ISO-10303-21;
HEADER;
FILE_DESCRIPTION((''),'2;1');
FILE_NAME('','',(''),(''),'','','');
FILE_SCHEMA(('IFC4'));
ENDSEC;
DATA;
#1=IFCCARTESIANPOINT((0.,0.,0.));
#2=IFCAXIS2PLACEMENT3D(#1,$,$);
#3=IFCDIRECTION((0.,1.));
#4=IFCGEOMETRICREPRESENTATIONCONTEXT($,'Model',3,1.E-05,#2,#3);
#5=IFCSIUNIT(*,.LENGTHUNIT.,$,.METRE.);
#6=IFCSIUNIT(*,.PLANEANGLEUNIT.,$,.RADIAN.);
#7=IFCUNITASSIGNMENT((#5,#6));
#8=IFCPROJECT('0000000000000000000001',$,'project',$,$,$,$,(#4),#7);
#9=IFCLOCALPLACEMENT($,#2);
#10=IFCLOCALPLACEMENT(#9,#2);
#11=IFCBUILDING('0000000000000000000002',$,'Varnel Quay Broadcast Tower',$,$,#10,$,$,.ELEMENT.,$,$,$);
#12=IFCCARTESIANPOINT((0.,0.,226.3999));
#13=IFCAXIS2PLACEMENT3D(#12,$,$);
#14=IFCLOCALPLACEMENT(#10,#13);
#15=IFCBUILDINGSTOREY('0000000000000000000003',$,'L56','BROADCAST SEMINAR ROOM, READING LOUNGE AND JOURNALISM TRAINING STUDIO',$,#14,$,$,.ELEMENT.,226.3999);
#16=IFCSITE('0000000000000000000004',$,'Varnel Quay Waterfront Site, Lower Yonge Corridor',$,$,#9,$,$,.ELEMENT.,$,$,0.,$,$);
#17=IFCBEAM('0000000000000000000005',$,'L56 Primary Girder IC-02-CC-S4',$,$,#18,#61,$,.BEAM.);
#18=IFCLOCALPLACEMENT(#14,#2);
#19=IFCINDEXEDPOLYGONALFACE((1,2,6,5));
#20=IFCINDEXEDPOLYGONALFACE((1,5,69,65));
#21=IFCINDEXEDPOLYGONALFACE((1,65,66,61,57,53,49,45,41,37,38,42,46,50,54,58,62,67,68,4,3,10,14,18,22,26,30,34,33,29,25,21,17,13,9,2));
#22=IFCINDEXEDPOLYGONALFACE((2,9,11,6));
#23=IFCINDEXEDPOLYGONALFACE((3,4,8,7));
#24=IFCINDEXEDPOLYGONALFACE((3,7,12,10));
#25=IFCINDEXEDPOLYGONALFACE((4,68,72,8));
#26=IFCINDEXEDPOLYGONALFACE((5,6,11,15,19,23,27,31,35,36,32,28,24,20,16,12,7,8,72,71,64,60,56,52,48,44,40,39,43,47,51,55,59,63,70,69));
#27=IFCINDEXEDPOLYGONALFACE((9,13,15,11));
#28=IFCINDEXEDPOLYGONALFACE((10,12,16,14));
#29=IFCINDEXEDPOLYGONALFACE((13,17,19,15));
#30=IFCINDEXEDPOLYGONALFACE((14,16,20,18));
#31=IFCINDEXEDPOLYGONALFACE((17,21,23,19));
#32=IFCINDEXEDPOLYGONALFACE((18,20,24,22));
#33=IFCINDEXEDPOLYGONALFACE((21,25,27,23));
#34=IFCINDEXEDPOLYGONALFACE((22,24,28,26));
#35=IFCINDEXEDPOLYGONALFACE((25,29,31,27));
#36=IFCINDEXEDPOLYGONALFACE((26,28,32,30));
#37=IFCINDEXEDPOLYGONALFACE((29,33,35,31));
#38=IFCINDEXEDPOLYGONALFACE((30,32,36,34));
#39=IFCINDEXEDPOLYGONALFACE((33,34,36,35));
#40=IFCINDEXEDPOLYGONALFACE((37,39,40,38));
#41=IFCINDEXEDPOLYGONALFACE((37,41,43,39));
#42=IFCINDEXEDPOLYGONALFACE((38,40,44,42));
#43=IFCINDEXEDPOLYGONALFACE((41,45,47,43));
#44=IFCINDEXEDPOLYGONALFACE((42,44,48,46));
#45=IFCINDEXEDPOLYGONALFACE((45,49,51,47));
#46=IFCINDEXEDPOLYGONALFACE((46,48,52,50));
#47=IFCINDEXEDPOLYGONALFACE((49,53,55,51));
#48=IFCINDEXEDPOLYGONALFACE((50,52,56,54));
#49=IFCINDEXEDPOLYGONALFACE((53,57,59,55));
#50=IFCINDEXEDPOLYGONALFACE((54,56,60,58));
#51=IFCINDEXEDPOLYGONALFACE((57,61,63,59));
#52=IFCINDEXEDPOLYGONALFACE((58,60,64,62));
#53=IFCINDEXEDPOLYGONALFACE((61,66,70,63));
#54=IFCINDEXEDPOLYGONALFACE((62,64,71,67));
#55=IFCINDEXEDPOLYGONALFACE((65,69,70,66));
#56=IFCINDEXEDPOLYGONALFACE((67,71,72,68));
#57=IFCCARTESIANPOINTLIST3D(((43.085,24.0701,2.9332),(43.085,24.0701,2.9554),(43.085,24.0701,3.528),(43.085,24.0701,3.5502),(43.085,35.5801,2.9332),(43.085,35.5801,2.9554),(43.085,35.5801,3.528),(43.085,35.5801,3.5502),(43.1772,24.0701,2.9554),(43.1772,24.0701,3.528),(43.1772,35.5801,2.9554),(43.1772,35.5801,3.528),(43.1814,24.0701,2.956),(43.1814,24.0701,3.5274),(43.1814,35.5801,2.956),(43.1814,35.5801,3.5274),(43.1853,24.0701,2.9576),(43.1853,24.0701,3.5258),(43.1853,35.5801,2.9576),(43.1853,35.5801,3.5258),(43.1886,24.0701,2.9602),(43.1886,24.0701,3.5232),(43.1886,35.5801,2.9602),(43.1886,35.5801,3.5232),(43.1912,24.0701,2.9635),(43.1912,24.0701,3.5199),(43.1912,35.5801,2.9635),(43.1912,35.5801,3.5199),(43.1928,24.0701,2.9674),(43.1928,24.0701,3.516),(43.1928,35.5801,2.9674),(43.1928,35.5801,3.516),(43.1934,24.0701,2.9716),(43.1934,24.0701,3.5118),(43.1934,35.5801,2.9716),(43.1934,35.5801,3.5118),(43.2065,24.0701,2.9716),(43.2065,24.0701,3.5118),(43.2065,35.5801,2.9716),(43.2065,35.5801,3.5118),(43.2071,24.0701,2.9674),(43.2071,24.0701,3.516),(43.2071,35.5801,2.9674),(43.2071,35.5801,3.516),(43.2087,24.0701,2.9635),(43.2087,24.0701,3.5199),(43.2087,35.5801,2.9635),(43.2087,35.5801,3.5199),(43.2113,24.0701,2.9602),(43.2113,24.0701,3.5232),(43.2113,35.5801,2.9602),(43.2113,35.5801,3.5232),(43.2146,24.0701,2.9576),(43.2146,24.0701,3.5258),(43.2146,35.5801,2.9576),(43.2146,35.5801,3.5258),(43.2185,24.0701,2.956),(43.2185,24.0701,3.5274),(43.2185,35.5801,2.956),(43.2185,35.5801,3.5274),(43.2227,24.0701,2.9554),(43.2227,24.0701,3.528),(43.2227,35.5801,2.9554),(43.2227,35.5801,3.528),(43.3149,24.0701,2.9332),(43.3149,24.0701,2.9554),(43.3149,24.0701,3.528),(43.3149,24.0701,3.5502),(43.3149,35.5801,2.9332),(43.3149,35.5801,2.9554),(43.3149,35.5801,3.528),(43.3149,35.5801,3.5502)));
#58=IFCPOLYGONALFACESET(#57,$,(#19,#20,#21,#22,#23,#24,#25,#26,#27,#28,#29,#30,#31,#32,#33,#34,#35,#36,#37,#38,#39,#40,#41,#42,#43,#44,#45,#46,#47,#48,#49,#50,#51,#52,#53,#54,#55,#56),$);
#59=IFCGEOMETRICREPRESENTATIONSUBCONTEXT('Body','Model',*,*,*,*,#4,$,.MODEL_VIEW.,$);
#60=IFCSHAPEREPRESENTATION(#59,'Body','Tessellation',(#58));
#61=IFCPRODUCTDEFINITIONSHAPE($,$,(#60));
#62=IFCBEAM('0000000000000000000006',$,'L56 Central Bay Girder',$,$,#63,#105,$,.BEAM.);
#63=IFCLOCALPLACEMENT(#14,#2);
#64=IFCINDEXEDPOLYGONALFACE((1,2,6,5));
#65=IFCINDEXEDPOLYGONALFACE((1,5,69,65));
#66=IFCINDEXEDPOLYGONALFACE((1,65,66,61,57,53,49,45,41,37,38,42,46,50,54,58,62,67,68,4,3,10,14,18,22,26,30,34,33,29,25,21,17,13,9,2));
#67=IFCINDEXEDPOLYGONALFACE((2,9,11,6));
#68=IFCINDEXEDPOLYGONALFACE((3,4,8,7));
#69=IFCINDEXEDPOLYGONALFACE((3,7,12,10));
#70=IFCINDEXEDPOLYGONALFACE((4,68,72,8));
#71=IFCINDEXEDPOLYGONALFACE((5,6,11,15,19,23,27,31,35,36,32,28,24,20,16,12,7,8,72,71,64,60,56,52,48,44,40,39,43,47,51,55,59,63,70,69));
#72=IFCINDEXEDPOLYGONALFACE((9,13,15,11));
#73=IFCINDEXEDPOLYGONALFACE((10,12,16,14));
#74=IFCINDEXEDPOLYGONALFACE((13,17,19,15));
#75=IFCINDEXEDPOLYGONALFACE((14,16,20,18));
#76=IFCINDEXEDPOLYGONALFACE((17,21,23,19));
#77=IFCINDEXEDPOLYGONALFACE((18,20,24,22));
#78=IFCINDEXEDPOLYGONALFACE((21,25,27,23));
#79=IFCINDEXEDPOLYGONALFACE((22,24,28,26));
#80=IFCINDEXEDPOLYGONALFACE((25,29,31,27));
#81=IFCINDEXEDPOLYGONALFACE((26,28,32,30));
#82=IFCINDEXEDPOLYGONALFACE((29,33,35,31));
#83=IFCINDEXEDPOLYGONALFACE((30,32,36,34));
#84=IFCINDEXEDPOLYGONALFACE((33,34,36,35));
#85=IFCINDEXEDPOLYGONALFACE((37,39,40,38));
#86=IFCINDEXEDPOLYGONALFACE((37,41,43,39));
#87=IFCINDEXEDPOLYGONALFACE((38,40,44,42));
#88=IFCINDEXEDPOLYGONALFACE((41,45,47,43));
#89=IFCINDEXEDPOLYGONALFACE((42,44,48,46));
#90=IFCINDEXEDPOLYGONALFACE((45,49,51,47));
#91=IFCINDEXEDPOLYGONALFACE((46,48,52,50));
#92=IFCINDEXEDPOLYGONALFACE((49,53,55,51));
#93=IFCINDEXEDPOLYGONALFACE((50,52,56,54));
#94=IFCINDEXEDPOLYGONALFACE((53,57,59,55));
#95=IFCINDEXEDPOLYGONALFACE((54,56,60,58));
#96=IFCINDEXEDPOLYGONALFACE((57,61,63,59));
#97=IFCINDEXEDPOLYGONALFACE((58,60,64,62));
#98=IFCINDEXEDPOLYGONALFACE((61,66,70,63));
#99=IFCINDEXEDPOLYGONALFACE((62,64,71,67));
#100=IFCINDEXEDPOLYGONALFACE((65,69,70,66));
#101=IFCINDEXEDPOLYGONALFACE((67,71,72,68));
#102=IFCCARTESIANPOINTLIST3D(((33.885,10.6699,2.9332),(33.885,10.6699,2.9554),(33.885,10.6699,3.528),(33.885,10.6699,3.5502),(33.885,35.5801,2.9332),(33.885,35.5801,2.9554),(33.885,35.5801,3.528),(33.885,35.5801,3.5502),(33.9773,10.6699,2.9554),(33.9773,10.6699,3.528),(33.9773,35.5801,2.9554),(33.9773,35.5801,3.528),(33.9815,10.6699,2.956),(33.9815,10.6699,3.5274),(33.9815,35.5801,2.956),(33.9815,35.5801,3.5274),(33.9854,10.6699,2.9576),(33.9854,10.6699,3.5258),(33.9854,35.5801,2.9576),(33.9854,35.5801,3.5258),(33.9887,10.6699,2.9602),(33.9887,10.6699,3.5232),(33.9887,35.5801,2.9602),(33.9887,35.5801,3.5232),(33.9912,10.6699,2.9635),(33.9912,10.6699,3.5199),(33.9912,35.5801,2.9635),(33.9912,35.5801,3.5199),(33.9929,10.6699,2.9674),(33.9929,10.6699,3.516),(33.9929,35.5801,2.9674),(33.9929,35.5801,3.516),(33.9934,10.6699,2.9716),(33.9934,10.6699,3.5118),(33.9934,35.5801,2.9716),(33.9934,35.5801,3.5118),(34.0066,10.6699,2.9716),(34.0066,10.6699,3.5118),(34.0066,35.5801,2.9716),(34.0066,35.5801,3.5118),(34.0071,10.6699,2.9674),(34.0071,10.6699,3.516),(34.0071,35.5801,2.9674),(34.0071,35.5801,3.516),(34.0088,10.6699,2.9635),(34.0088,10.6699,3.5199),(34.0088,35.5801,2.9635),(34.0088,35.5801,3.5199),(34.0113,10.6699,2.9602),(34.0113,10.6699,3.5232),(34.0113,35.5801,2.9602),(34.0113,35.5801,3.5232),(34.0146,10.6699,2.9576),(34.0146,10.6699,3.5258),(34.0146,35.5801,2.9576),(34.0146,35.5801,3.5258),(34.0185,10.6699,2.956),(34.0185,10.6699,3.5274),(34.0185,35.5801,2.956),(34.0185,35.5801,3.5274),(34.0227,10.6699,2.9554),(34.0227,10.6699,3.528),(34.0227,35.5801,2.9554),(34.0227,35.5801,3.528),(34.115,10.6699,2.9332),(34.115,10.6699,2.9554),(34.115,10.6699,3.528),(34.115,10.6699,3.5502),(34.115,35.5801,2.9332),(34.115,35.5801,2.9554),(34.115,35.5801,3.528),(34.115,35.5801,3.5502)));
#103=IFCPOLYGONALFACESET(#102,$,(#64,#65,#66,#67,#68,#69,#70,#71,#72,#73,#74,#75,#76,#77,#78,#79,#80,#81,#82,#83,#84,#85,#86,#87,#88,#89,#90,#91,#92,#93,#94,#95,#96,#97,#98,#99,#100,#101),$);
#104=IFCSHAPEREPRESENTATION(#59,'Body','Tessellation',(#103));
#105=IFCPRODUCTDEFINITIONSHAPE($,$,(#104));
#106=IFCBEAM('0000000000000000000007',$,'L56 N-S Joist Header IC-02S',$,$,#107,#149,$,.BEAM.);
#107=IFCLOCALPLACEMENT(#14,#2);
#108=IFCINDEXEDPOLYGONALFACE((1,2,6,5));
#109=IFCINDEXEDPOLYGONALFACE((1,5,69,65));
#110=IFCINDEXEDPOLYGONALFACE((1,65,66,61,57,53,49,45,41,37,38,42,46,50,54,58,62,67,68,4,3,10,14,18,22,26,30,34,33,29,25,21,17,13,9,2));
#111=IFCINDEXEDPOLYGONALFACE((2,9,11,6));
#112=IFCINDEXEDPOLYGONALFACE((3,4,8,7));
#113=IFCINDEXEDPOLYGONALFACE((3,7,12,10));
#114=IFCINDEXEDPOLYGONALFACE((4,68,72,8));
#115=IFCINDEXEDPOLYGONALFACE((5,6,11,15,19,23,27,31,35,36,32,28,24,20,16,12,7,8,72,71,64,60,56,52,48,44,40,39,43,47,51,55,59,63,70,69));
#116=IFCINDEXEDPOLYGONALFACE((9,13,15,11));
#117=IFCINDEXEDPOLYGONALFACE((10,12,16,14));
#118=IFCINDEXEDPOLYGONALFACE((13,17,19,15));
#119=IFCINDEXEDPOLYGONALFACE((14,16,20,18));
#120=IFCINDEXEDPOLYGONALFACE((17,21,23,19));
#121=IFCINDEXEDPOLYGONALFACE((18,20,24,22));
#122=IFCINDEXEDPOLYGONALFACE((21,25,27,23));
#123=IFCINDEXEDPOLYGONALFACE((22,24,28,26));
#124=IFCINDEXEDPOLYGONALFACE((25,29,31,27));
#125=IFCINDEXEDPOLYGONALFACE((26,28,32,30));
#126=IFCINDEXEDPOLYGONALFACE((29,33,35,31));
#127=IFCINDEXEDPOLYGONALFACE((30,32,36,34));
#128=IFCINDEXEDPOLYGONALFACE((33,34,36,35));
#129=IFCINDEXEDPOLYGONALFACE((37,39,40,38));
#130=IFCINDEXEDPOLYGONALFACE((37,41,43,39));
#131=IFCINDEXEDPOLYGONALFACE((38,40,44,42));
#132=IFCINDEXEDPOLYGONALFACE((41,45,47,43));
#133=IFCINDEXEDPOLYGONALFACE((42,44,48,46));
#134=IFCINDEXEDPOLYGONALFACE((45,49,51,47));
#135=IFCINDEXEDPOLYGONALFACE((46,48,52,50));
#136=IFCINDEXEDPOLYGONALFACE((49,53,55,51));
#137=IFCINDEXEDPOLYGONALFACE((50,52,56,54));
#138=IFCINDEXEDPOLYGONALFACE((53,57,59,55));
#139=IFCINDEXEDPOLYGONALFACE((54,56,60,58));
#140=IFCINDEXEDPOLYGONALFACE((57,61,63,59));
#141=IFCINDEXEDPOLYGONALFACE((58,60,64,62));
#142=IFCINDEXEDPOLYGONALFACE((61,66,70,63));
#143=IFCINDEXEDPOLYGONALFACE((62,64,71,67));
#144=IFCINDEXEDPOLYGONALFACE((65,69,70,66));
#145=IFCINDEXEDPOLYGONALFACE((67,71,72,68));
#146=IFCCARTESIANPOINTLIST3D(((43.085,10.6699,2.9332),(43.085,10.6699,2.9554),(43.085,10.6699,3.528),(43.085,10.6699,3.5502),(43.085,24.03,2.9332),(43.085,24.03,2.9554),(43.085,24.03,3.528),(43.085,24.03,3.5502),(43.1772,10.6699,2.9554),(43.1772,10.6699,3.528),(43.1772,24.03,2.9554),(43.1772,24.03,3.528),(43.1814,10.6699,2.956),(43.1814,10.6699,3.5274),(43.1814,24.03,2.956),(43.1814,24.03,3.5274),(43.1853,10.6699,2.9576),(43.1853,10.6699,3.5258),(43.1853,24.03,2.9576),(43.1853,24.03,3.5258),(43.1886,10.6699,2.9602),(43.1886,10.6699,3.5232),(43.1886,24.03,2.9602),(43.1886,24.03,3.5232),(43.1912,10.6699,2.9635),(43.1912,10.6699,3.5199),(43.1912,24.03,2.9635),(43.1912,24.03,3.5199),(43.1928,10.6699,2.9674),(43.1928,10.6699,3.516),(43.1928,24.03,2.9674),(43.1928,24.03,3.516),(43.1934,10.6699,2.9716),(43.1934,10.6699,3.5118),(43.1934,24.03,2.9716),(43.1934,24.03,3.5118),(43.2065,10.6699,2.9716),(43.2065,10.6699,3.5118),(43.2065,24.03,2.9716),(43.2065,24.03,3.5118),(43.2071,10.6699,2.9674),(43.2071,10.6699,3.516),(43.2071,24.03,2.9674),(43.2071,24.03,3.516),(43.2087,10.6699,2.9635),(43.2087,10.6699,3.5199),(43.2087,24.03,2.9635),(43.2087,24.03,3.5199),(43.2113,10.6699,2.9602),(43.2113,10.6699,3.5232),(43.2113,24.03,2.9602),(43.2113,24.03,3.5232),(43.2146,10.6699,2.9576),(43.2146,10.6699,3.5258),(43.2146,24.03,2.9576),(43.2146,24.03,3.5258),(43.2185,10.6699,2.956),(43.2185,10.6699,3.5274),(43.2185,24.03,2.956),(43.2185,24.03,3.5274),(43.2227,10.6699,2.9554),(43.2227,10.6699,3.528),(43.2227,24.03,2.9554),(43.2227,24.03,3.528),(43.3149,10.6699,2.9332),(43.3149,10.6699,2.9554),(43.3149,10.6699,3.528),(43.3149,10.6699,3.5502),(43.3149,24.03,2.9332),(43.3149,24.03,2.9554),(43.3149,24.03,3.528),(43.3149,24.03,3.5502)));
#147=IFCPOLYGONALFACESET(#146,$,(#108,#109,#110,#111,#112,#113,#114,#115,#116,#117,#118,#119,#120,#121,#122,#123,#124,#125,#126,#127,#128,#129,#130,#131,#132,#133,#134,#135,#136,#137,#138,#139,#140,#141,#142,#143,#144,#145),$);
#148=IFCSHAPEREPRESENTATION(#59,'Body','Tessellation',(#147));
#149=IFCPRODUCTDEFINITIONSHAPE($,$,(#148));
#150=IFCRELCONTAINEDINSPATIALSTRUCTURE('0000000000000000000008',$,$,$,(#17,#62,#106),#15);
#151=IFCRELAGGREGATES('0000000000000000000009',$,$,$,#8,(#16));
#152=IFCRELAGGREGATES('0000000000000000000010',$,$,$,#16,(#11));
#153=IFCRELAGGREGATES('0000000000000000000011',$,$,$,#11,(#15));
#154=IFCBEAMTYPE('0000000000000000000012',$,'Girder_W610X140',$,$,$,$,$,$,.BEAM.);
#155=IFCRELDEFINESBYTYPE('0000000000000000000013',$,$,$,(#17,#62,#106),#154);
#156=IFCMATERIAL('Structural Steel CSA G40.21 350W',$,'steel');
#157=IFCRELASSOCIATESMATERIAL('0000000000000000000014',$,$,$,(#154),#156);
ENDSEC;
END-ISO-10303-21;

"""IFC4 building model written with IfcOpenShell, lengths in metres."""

from ifc_helpers import new_model, si_unit, direction, frame, origin, origin_2d, place, context, subcontext, project, spatial, i_section, extrude, source, transform, mapped, material, material_profile, profile_set, type_object, element, save


model = new_model("IFC4")

# Units and contexts
model_context = context("Model", 3, precision=1e-05, world=origin(), true_north=direction((0.0, 1.0)))
body_context = subcontext(model_context, "Body", "Model", "MODEL_VIEW")
ifc_project = project(units=[si_unit("LENGTHUNIT", "METRE"), si_unit("PLANEANGLEUNIT", "RADIAN")], contexts=[model_context])

# Site, building, storey
site_placement = place(None, origin())
site = spatial("IfcSite", under=ifc_project, at=site_placement, Name="Varnel Quay Waterfront Site, Lower Yonge Corridor", CompositionType="ELEMENT", RefElevation=0.0)
building_placement = place(site_placement, origin())
building = spatial("IfcBuilding", under=site, at=building_placement, Name="Varnel Quay Broadcast Tower", CompositionType="ELEMENT")
storey_placement = place(building_placement, frame((0.0, 0.0, 226.3999)))
storey = spatial("IfcBuildingStorey", under=building, at=storey_placement, Name="L56", Description="BROADCAST SEMINAR ROOM, READING LOUNGE AND JOURNALISM TRAINING STUDIO", CompositionType="ELEMENT", Elevation=226.3999)

# Shared definitions
ifc_material_1 = material(Name="Structural Steel CSA G40.21 350W", Category="steel")

# Beams
ifc_material_profile_1 = material_profile(ifc_material_1, i_section(OverallWidth=0.23, OverallDepth=0.6169, WebThickness=0.0132, FlangeThickness=0.0222, FilletRadius=0.0161, at=origin_2d()), Name="W610X140")
ifc_profile_set_1 = profile_set([ifc_material_profile_1], Name="Structural Steel CSA G40.21 350W")
beam_type_1 = type_object("IfcBeamType", Name="Girder_W610X140", PredefinedType="BEAM", material=ifc_profile_set_1)
shared_shape_1 = source(origin(), body_context, "Body", "SweptSolid", [
    extrude(i_section(OverallWidth=0.23, OverallDepth=0.6169, WebThickness=0.0132, FlangeThickness=0.0222, FilletRadius=0.0161, at=origin_2d()), origin(), (0.0, 0.0, 1.0), 11.51),
])
beam_1_placement = place(storey_placement, frame((43.2, 24.0701, 3.2417), z_axis=(0.0, 1.0, 0.0), x_axis=(-1.0, 0.0, 0.0)))
element("IfcBeam", 1, at=beam_1_placement, inside=storey, type_object=beam_type_1, Name="L56 Primary Girder IC-02-CC-S4", PredefinedType="BEAM", context=body_context, shape_type="MappedRepresentation", body=[
    mapped(shared_shape_1, transform((0.0, 0.0, 0.0), x_axis=(1.0, 0.0, 0.0), y_axis=(0.0, 1.0, 0.0), z_axis=(0.0, 0.0, 1.0), scale=1.0)),
])
shared_shape_2 = source(origin(), body_context, "Body", "SweptSolid", [
    extrude(i_section(OverallWidth=0.23, OverallDepth=0.6169, WebThickness=0.0132, FlangeThickness=0.0222, FilletRadius=0.0161, at=origin_2d()), origin(), (0.0, 0.0, 1.0), 24.9102),
])
beam_2_placement = place(storey_placement, frame((34.0, 10.6699, 3.2417), z_axis=(0.0, 1.0, 0.0), x_axis=(-1.0, 0.0, 0.0)))
element("IfcBeam", 2, at=beam_2_placement, inside=storey, type_object=beam_type_1, Name="L56 Central Bay Girder", PredefinedType="BEAM", context=body_context, shape_type="MappedRepresentation", body=[
    mapped(shared_shape_2, transform((0.0, 0.0, 0.0), x_axis=(1.0, 0.0, 0.0), y_axis=(0.0, 1.0, 0.0), z_axis=(0.0, 0.0, 1.0), scale=1.0)),
])
shared_shape_3 = source(origin(), body_context, "Body", "SweptSolid", [
    extrude(i_section(OverallWidth=0.23, OverallDepth=0.6169, WebThickness=0.0132, FlangeThickness=0.0222, FilletRadius=0.0161, at=origin_2d()), origin(), (0.0, 0.0, 1.0), 13.3601),
])
beam_3_placement = place(storey_placement, frame((43.2, 10.6699, 3.2417), z_axis=(0.0, 1.0, 0.0), x_axis=(-1.0, 0.0, 0.0)))
element("IfcBeam", 3, at=beam_3_placement, inside=storey, type_object=beam_type_1, Name="L56 N-S Joist Header IC-02S", PredefinedType="BEAM", context=body_context, shape_type="MappedRepresentation", body=[
    mapped(shared_shape_3, transform((0.0, 0.0, 0.0), x_axis=(1.0, 0.0, 0.0), y_axis=(0.0, 1.0, 0.0), z_axis=(0.0, 0.0, 1.0), scale=1.0)),
])

save(model, "model.ifc")
